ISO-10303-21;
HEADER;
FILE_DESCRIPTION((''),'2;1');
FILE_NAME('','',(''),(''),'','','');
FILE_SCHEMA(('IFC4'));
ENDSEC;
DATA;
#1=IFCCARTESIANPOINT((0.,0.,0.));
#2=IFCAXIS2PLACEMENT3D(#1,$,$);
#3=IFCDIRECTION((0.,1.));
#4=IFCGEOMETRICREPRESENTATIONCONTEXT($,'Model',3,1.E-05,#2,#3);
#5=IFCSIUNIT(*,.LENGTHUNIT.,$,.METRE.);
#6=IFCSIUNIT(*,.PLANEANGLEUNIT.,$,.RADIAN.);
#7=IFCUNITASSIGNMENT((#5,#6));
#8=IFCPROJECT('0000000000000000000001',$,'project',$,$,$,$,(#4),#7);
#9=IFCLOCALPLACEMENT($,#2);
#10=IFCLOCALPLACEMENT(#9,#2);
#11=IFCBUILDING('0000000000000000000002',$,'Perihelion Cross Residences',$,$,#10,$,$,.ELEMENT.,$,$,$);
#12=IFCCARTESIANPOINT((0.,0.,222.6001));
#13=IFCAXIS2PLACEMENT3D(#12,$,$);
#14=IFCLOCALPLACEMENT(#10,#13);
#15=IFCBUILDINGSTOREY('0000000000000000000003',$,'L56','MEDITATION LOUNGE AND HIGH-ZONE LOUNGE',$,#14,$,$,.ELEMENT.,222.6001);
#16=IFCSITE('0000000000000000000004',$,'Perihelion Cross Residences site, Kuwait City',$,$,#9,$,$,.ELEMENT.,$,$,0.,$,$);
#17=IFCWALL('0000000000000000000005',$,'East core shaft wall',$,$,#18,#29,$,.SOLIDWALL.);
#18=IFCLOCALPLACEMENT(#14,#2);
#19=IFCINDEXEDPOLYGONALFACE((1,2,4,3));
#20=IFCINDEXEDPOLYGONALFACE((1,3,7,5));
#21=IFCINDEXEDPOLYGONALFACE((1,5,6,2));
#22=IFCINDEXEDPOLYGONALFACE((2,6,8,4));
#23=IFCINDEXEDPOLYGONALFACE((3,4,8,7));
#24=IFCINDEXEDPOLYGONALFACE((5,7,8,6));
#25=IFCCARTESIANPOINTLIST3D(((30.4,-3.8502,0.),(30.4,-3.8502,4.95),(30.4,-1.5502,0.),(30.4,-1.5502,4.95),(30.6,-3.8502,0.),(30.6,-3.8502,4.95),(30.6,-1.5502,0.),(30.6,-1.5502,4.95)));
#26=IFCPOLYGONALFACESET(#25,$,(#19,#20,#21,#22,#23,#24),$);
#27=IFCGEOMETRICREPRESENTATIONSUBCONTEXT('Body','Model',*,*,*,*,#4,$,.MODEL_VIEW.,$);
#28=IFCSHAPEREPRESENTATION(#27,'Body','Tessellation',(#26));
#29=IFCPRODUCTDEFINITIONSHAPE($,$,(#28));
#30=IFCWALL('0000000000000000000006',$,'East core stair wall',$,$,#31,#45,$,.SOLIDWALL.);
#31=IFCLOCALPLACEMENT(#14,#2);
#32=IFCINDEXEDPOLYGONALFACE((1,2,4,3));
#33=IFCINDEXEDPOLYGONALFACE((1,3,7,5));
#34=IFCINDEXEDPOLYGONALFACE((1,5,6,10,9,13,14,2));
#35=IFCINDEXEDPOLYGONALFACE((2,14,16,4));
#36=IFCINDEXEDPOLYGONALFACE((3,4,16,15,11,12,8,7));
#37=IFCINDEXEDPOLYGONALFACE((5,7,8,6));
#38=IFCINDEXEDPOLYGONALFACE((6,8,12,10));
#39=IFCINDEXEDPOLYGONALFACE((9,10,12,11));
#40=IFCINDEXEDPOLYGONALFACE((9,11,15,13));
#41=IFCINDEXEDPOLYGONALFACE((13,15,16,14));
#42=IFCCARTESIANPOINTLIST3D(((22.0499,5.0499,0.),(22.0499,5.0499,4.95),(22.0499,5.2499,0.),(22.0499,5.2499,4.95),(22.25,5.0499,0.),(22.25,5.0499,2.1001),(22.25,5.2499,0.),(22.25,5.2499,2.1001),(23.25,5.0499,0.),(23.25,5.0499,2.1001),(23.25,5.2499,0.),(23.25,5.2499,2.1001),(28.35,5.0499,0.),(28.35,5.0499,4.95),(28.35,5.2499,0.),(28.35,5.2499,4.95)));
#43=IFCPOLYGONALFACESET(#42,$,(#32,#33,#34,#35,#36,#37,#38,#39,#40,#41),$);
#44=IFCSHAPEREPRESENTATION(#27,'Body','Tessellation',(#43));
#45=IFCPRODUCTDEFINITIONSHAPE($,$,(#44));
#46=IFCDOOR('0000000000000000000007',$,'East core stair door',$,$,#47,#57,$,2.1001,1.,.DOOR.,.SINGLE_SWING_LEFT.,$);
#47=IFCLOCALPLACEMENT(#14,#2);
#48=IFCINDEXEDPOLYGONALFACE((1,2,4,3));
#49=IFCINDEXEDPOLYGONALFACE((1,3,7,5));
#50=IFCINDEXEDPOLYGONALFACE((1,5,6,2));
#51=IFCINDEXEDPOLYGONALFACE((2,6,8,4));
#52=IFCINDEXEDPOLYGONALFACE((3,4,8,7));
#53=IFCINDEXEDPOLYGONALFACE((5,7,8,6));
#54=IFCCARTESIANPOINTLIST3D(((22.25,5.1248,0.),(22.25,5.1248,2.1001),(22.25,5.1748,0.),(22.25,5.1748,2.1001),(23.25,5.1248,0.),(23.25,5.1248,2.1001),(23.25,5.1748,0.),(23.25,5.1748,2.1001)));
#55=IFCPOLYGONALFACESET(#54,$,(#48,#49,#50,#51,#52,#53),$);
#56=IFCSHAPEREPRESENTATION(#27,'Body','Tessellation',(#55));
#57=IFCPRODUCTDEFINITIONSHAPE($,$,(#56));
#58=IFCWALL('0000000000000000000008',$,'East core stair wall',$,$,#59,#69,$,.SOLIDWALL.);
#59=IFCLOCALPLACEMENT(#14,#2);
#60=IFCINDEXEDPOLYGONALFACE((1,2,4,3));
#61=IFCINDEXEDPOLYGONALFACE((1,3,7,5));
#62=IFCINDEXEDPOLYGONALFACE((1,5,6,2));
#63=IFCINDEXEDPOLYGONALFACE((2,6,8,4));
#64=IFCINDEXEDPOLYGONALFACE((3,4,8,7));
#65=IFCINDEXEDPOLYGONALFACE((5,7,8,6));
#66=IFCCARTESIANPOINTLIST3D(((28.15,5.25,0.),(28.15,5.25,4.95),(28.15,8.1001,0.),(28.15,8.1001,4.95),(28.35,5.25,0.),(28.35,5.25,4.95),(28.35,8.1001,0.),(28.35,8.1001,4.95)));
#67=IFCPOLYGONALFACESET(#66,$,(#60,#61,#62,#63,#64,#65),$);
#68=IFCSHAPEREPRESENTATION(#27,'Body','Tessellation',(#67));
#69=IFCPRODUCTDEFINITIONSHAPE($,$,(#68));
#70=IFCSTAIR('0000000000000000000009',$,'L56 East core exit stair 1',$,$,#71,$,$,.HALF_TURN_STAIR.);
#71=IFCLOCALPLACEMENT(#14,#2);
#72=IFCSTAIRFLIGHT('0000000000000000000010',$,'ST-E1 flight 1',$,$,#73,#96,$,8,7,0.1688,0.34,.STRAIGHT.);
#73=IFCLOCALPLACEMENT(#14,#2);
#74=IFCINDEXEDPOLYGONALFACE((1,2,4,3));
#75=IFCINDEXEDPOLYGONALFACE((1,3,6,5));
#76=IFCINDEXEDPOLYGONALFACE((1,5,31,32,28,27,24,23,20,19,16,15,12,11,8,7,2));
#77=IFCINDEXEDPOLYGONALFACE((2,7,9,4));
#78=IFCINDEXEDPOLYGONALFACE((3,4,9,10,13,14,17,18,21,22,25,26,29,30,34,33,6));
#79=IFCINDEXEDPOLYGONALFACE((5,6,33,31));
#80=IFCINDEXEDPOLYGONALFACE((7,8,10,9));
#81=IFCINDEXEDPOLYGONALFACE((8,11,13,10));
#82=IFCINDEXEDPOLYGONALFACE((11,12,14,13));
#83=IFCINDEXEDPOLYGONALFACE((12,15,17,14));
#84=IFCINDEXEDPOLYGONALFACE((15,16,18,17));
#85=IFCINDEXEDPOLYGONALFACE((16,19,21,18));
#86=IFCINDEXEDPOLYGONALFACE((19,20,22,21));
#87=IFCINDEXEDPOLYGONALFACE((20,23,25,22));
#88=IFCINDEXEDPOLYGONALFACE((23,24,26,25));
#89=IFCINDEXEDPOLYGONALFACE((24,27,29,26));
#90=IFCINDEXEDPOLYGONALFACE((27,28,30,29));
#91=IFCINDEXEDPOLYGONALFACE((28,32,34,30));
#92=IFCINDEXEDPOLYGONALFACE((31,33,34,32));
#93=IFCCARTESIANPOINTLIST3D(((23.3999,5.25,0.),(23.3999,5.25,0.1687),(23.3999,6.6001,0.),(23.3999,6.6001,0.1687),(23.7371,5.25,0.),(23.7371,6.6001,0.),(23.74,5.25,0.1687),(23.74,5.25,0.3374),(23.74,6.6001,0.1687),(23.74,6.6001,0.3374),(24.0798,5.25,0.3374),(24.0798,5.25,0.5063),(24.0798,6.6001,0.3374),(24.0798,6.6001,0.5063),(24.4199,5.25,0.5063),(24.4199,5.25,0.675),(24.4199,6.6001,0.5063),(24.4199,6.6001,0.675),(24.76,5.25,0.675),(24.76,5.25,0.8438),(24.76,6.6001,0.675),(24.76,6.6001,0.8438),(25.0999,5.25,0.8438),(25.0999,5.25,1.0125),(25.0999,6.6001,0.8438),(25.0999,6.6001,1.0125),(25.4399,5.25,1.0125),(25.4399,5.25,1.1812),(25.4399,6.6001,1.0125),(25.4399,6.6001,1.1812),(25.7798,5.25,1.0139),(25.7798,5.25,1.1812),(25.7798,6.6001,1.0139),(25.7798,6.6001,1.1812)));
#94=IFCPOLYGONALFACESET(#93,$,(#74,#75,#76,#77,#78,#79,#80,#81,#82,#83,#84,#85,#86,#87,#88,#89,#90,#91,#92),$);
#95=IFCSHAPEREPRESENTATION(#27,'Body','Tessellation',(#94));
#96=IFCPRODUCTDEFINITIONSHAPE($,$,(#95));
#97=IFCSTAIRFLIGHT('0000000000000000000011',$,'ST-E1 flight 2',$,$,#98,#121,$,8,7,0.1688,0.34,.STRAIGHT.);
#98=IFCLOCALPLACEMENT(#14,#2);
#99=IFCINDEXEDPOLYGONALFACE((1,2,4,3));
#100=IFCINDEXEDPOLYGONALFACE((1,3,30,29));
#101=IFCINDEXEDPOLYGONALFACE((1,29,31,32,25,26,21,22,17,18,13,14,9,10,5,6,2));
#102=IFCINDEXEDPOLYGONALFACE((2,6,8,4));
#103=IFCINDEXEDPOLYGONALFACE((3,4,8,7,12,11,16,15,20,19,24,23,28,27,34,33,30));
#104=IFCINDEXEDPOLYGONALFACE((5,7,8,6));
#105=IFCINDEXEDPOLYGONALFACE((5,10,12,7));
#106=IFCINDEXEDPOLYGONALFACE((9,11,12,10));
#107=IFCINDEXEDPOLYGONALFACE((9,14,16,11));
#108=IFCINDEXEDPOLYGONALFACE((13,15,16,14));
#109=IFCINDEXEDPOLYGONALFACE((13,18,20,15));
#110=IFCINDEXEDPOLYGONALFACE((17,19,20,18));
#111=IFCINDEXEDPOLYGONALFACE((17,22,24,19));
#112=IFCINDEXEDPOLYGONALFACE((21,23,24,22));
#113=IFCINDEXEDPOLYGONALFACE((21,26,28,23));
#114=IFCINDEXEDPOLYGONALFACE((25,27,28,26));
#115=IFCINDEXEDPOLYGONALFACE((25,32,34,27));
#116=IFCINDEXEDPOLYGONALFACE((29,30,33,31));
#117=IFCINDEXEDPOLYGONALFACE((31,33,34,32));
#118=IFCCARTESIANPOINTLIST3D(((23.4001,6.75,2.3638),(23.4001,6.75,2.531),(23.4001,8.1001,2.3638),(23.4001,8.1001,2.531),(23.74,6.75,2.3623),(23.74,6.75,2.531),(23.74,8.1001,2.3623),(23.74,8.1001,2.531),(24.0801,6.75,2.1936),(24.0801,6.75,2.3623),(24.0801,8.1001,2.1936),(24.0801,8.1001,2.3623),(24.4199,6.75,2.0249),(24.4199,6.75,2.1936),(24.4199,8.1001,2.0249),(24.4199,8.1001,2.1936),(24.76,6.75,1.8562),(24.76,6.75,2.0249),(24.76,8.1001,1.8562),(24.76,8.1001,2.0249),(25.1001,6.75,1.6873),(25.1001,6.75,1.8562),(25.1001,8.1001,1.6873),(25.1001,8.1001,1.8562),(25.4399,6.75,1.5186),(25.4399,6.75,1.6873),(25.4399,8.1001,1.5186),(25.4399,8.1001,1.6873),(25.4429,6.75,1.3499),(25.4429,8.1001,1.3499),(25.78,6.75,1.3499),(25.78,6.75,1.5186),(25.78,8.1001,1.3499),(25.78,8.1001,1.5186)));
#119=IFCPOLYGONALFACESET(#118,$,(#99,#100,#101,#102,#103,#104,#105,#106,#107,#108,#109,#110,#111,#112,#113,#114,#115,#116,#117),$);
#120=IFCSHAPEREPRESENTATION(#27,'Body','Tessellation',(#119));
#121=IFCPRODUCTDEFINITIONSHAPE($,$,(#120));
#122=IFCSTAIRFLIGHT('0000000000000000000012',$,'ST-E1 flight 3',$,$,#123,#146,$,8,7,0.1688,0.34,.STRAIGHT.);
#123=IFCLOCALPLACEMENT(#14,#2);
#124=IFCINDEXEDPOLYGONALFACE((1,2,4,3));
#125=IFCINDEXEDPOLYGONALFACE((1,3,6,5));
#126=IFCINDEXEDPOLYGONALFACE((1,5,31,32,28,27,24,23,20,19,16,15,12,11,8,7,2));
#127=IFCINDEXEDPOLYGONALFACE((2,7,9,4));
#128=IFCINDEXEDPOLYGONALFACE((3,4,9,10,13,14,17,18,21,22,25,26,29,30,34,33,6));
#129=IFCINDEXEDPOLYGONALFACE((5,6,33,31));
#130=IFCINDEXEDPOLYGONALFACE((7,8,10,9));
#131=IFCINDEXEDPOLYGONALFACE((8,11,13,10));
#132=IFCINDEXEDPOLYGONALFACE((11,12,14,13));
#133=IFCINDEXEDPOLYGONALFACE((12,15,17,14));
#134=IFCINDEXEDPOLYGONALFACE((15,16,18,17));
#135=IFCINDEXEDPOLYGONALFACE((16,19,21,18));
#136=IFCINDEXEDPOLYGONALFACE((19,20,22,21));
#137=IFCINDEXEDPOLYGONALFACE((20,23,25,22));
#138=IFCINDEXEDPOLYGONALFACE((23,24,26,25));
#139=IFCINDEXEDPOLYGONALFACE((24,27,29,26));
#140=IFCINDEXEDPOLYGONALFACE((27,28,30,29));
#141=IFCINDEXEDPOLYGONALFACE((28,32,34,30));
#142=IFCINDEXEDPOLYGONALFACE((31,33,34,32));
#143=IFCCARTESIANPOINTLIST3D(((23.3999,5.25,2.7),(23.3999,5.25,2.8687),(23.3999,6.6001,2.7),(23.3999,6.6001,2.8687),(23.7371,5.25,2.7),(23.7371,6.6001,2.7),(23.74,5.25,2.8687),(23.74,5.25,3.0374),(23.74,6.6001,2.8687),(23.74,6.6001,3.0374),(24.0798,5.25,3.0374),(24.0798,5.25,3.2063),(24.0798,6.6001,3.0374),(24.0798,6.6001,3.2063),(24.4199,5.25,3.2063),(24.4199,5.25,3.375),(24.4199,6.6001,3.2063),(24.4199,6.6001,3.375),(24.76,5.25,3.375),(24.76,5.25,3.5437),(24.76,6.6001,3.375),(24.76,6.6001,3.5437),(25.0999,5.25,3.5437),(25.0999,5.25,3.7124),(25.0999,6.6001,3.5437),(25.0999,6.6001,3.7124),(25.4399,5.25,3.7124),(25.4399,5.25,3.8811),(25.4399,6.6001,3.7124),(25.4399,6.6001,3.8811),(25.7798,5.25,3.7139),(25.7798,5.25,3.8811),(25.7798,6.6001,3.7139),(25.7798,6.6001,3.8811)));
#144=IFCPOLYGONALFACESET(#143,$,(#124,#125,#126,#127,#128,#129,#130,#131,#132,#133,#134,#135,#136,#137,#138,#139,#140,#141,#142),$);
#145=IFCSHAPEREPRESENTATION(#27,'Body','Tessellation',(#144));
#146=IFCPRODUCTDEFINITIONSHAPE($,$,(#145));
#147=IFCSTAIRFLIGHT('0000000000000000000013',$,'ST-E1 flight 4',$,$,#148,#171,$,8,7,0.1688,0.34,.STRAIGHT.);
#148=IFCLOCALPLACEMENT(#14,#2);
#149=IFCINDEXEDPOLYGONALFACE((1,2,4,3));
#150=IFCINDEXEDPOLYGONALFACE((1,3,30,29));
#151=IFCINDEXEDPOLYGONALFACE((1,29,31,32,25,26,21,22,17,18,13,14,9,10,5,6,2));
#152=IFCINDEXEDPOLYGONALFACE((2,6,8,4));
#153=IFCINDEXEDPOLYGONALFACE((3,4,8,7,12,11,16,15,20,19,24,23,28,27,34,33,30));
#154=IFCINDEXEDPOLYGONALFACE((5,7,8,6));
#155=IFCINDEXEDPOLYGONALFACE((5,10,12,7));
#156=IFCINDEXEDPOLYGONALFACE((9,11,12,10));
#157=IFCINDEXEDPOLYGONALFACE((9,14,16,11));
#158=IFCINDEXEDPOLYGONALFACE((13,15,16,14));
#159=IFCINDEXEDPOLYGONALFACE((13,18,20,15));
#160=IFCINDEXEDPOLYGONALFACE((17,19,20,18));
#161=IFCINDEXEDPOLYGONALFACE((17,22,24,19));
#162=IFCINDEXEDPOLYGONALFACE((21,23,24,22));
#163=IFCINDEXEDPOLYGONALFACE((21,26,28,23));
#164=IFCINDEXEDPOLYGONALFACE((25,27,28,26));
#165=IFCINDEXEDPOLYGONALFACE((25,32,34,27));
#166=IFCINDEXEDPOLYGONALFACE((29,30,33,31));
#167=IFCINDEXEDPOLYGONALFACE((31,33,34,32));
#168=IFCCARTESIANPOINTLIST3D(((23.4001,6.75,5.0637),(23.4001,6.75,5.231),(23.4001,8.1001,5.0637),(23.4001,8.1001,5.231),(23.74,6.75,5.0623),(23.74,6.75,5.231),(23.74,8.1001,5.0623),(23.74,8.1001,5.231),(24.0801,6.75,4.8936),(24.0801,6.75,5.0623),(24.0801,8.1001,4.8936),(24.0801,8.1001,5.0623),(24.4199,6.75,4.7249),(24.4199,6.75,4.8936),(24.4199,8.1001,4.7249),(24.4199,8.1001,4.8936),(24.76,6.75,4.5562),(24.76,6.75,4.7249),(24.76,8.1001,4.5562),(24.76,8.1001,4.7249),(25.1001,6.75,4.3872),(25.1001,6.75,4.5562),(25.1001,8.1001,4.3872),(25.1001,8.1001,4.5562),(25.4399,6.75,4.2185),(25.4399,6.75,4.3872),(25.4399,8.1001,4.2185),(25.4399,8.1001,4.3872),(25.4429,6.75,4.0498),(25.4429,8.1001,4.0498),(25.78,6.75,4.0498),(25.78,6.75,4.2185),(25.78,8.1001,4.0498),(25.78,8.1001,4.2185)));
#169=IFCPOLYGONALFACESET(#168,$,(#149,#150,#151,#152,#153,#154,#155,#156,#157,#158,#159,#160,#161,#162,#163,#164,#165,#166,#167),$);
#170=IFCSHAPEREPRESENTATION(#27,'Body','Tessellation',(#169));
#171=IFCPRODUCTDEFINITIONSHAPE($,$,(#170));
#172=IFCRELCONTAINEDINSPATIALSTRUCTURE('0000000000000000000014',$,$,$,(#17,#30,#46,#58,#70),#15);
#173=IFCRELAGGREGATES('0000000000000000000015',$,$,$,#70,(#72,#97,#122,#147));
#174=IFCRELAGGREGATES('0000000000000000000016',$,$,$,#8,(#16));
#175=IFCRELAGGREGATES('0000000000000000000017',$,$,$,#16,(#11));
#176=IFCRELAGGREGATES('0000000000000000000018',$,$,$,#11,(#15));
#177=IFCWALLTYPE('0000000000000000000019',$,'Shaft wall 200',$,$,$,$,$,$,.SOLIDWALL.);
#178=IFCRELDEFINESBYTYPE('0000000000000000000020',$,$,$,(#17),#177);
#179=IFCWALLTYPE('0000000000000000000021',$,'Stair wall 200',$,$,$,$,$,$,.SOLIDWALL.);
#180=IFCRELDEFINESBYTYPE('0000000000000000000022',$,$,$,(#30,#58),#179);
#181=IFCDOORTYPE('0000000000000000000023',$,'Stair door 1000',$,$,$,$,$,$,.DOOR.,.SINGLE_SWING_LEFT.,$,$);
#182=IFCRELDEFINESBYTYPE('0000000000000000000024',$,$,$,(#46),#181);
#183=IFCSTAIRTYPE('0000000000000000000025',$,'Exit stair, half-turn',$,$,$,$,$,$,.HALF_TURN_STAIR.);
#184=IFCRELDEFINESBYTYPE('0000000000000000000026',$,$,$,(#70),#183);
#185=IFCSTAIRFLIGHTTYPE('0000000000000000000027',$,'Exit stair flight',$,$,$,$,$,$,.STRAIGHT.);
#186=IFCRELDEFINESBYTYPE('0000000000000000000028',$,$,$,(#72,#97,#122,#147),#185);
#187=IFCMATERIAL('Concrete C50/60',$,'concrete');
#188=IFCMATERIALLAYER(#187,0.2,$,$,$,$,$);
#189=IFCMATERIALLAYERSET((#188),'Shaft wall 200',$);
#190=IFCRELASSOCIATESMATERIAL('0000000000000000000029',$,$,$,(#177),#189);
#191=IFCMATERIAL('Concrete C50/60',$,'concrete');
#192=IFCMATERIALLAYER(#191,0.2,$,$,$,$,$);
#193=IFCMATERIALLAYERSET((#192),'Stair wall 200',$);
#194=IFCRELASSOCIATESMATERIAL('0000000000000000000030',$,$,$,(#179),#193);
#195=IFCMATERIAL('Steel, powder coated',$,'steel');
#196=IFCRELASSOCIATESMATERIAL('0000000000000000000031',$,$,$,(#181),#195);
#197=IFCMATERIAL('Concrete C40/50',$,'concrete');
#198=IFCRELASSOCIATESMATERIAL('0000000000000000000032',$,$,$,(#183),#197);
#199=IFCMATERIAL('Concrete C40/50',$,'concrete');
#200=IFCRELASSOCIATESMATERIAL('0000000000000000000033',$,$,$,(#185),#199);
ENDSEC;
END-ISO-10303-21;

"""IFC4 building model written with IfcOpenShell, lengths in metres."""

from ifc_helpers import new_model, si_unit, direction, frame, frame_2d, origin, place, context, subcontext, project, spatial, polyline, rectangle, outline, extrude, material, layer, layer_set, type_object, element, fill, aggregate, save


model = new_model("IFC4")

# Units and contexts
model_context = context("Model", 3, precision=1e-05, world=origin(), true_north=direction((0.0, 1.0)))
body_context = subcontext(model_context, "Body", "Model", "MODEL_VIEW")
ifc_project = project(units=[si_unit("LENGTHUNIT", "METRE"), si_unit("PLANEANGLEUNIT", "RADIAN")], contexts=[model_context])

# Site, building, storey
site_placement = place(None, origin())
site = spatial("IfcSite", under=ifc_project, at=site_placement, Name="Perihelion Cross Residences site, Kuwait City", CompositionType="ELEMENT", RefElevation=0.0)
building_placement = place(site_placement, origin())
building = spatial("IfcBuilding", under=site, at=building_placement, Name="Perihelion Cross Residences", CompositionType="ELEMENT")
storey_placement = place(building_placement, frame((0.0, 0.0, 222.6001)))
storey = spatial("IfcBuildingStorey", under=building, at=storey_placement, Name="L56", Description="MEDITATION LOUNGE AND HIGH-ZONE LOUNGE", CompositionType="ELEMENT", Elevation=222.6001)

# Shared definitions
ifc_material_1 = material(Name="Concrete C50/60", Category="concrete")
ifc_layer_1 = layer(ifc_material_1, 0.2)
ifc_layer_set_1 = layer_set([ifc_layer_1], Name="Shaft wall 200")
wall_type_1 = type_object("IfcWallType", Name="Shaft wall 200", PredefinedType="SOLIDWALL", material=ifc_layer_set_1)

# Wall
for number, where, z_axis, x_axis, name in (
    (1, (30.5, -3.8501, 0.0), (0.0, 0.0, 1.0), (0.0, 1.0, 0.0), "East core shaft wall"),
):
    element("IfcWall", number, at=place(storey_placement, frame(where, z_axis=z_axis, x_axis=x_axis)), inside=storey, type_object=wall_type_1, Name=name, PredefinedType="SOLIDWALL", context=body_context, shape_type="SweptSolid", body=[
        extrude(rectangle(XDim=2.3, YDim=0.2, at=frame_2d((1.1499, 0.0))), origin(), (0.0, 0.0, 1.0), 4.95),
    ])

# Wall, opening, door
ifc_material_2 = material(Name="Concrete C50/60", Category="concrete")
ifc_layer_2 = layer(ifc_material_2, 0.2)
ifc_layer_set_2 = layer_set([ifc_layer_2], Name="Stair wall 200")
wall_type_2 = type_object("IfcWallType", Name="Stair wall 200", PredefinedType="SOLIDWALL", material=ifc_layer_set_2)
wall_1_placement = place(storey_placement, frame((22.05, 5.1499, 0.0), z_axis=(0.0, 0.0, 1.0), x_axis=(1.0, 0.0, 0.0)))
wall_1 = element("IfcWall", 2, at=wall_1_placement, inside=storey, type_object=wall_type_2, Name="East core stair wall", PredefinedType="SOLIDWALL", context=body_context, shape_type="SweptSolid", body=[
    extrude(rectangle(XDim=6.3, YDim=0.2, at=frame_2d((3.1499, 0.0))), origin(), (0.0, 0.0, 1.0), 4.95),
])
opening_1_placement = place(wall_1_placement, frame((0.2, 0.0, 0.0)))
opening_1 = element("IfcOpeningElement", 3, at=opening_1_placement, cuts=wall_1, PredefinedType="OPENING", context=body_context, shape_type="SweptSolid", body=[
    extrude(rectangle(XDim=1.0, YDim=2.1001, at=frame_2d((0.5, 1.05))), frame((0.0, 0.1099, 0.0), z_axis=(0.0, -1.0, 0.0), x_axis=(1.0, 0.0, 0.0)), (0.0, 0.0, 1.0), 0.22),
])
ifc_material_3 = material(Name="Steel, powder coated", Category="steel")
door_type_1 = type_object("IfcDoorType", Name="Stair door 1000", OperationType="SINGLE_SWING_LEFT", PredefinedType="DOOR", material=ifc_material_3)
door_1_placement = place(opening_1_placement, origin())
door_1 = element("IfcDoor", 4, at=door_1_placement, inside=storey, type_object=door_type_1, Name="East core stair door", OperationType="SINGLE_SWING_LEFT", OverallHeight=2.1001, OverallWidth=1.0, PredefinedType="DOOR", context=body_context, shape_type="SweptSolid", body=[
    extrude(rectangle(XDim=1.0, YDim=2.1001, at=frame_2d((0.5, 1.05))), frame((0.0, 0.0249, 0.0), z_axis=(0.0, -1.0, 0.0), x_axis=(1.0, 0.0, 0.0)), (0.0, 0.0, 1.0), 0.05),
])
fill(opening_1, door_1)

# Wall
wall_2_placement = place(storey_placement, frame((28.25, 5.25, 0.0), z_axis=(0.0, 0.0, 1.0), x_axis=(0.0, 1.0, 0.0)))
element("IfcWall", 5, at=wall_2_placement, inside=storey, type_object=wall_type_2, Name="East core stair wall", PredefinedType="SOLIDWALL", context=body_context, shape_type="SweptSolid", body=[
    extrude(rectangle(XDim=2.8501, YDim=0.2, at=frame_2d((1.425, 0.0))), origin(), (0.0, 0.0, 1.0), 4.95),
])

# Stair, stair flights
ifc_material_4 = material(Name="Concrete C40/50", Category="concrete")
stair_type = type_object("IfcStairType", Name="Exit stair, half-turn", PredefinedType="HALF_TURN_STAIR", material=ifc_material_4)
stair_placement = place(storey_placement, origin())
stair = element("IfcStair", 6, at=stair_placement, inside=storey, type_object=stair_type, Name="L56 East core exit stair 1", PredefinedType="HALF_TURN_STAIR")
ifc_material_5 = material(Name="Concrete C40/50", Category="concrete")
stair_flight_type = type_object("IfcStairFlightType", Name="Exit stair flight", PredefinedType="STRAIGHT", material=ifc_material_5)
stair_flight_1_placement = place(storey_placement, frame((23.3999, 5.925, 0.0), z_axis=(0.0, 0.0, 1.0), x_axis=(1.0, 0.0, 0.0)))
stair_flight_1 = element("IfcStairFlight", 7, at=stair_flight_1_placement, type_object=stair_flight_type, Name="ST-E1 flight 1", NumberOfRisers=8, NumberOfTreads=7, PredefinedType="STRAIGHT", RiserHeight=0.1688, TreadLength=0.34, context=body_context, shape_type="SweptSolid", body=[
    extrude(outline(polyline([(0.0, 0.0), (0.0, 0.1687), (0.3401, 0.1687), (0.3401, 0.3374), (0.6799, 0.3374), (0.6799, 0.5063), (1.02, 0.5063), (1.02, 0.675), (1.3601, 0.675), (1.3601, 0.8438), (1.7, 0.8438), (1.7, 1.0125), (2.04, 1.0125), (2.04, 1.1812), (2.3799, 1.1812), (2.3799, 1.3501), (2.3799, 1.0139), (0.3372, 0.0), (0.0, 0.0)])), frame((0.0, 0.675, 0.0), z_axis=(0.0, -1.0, 0.0), x_axis=(1.0, 0.0, 0.0)), (0.0, 0.0, 1.0), 1.3501),
])
stair_flight_2_placement = place(storey_placement, frame((25.78, 7.425, 1.3499), z_axis=(0.0, 0.0, 1.0), x_axis=(-1.0, 0.0, 0.0)))
stair_flight_2 = element("IfcStairFlight", 8, at=stair_flight_2_placement, type_object=stair_flight_type, Name="ST-E1 flight 2", NumberOfRisers=8, NumberOfTreads=7, PredefinedType="STRAIGHT", RiserHeight=0.1688, TreadLength=0.34, context=body_context, shape_type="SweptSolid", body=[
    extrude(outline(polyline([(0.0, 0.0), (0.0, 0.1687), (0.3401, 0.1687), (0.3401, 0.3374), (0.6799, 0.3374), (0.6799, 0.5063), (1.02, 0.5063), (1.02, 0.675), (1.3601, 0.675), (1.3601, 0.8438), (1.7, 0.8438), (1.7, 1.0125), (2.04, 1.0125), (2.04, 1.1812), (2.3799, 1.1812), (2.3799, 1.3501), (2.3799, 1.0139), (0.3372, 0.0), (0.0, 0.0)])), frame((0.0, 0.675, 0.0), z_axis=(0.0, -1.0, 0.0), x_axis=(1.0, 0.0, 0.0)), (0.0, 0.0, 1.0), 1.3501),
])
stair_flight_3_placement = place(storey_placement, frame((23.3999, 5.925, 2.7), z_axis=(0.0, 0.0, 1.0), x_axis=(1.0, 0.0, 0.0)))
stair_flight_3 = element("IfcStairFlight", 9, at=stair_flight_3_placement, type_object=stair_flight_type, Name="ST-E1 flight 3", NumberOfRisers=8, NumberOfTreads=7, PredefinedType="STRAIGHT", RiserHeight=0.1688, TreadLength=0.34, context=body_context, shape_type="SweptSolid", body=[
    extrude(outline(polyline([(0.0, 0.0), (0.0, 0.1687), (0.3401, 0.1687), (0.3401, 0.3374), (0.6799, 0.3374), (0.6799, 0.5063), (1.02, 0.5063), (1.02, 0.675), (1.3601, 0.675), (1.3601, 0.8438), (1.7, 0.8438), (1.7, 1.0125), (2.04, 1.0125), (2.04, 1.1812), (2.3799, 1.1812), (2.3799, 1.3501), (2.3799, 1.0139), (0.3372, 0.0), (0.0, 0.0)])), frame((0.0, 0.675, 0.0), z_axis=(0.0, -1.0, 0.0), x_axis=(1.0, 0.0, 0.0)), (0.0, 0.0, 1.0), 1.3501),
])
stair_flight_4_placement = place(storey_placement, frame((25.78, 7.425, 4.0498), z_axis=(0.0, 0.0, 1.0), x_axis=(-1.0, 0.0, 0.0)))
stair_flight_4 = element("IfcStairFlight", 10, at=stair_flight_4_placement, type_object=stair_flight_type, Name="ST-E1 flight 4", NumberOfRisers=8, NumberOfTreads=7, PredefinedType="STRAIGHT", RiserHeight=0.1688, TreadLength=0.34, context=body_context, shape_type="SweptSolid", body=[
    extrude(outline(polyline([(0.0, 0.0), (0.0, 0.1687), (0.3401, 0.1687), (0.3401, 0.3374), (0.6799, 0.3374), (0.6799, 0.5063), (1.02, 0.5063), (1.02, 0.675), (1.3601, 0.675), (1.3601, 0.8438), (1.7, 0.8438), (1.7, 1.0125), (2.04, 1.0125), (2.04, 1.1812), (2.3799, 1.1812), (2.3799, 1.3501), (2.3799, 1.0139), (0.3372, 0.0), (0.0, 0.0)])), frame((0.0, 0.675, 0.0), z_axis=(0.0, -1.0, 0.0), x_axis=(1.0, 0.0, 0.0)), (0.0, 0.0, 1.0), 1.3501),
])
aggregate(stair, [stair_flight_1, stair_flight_2, stair_flight_3, stair_flight_4])

save(model, "model.ifc")
